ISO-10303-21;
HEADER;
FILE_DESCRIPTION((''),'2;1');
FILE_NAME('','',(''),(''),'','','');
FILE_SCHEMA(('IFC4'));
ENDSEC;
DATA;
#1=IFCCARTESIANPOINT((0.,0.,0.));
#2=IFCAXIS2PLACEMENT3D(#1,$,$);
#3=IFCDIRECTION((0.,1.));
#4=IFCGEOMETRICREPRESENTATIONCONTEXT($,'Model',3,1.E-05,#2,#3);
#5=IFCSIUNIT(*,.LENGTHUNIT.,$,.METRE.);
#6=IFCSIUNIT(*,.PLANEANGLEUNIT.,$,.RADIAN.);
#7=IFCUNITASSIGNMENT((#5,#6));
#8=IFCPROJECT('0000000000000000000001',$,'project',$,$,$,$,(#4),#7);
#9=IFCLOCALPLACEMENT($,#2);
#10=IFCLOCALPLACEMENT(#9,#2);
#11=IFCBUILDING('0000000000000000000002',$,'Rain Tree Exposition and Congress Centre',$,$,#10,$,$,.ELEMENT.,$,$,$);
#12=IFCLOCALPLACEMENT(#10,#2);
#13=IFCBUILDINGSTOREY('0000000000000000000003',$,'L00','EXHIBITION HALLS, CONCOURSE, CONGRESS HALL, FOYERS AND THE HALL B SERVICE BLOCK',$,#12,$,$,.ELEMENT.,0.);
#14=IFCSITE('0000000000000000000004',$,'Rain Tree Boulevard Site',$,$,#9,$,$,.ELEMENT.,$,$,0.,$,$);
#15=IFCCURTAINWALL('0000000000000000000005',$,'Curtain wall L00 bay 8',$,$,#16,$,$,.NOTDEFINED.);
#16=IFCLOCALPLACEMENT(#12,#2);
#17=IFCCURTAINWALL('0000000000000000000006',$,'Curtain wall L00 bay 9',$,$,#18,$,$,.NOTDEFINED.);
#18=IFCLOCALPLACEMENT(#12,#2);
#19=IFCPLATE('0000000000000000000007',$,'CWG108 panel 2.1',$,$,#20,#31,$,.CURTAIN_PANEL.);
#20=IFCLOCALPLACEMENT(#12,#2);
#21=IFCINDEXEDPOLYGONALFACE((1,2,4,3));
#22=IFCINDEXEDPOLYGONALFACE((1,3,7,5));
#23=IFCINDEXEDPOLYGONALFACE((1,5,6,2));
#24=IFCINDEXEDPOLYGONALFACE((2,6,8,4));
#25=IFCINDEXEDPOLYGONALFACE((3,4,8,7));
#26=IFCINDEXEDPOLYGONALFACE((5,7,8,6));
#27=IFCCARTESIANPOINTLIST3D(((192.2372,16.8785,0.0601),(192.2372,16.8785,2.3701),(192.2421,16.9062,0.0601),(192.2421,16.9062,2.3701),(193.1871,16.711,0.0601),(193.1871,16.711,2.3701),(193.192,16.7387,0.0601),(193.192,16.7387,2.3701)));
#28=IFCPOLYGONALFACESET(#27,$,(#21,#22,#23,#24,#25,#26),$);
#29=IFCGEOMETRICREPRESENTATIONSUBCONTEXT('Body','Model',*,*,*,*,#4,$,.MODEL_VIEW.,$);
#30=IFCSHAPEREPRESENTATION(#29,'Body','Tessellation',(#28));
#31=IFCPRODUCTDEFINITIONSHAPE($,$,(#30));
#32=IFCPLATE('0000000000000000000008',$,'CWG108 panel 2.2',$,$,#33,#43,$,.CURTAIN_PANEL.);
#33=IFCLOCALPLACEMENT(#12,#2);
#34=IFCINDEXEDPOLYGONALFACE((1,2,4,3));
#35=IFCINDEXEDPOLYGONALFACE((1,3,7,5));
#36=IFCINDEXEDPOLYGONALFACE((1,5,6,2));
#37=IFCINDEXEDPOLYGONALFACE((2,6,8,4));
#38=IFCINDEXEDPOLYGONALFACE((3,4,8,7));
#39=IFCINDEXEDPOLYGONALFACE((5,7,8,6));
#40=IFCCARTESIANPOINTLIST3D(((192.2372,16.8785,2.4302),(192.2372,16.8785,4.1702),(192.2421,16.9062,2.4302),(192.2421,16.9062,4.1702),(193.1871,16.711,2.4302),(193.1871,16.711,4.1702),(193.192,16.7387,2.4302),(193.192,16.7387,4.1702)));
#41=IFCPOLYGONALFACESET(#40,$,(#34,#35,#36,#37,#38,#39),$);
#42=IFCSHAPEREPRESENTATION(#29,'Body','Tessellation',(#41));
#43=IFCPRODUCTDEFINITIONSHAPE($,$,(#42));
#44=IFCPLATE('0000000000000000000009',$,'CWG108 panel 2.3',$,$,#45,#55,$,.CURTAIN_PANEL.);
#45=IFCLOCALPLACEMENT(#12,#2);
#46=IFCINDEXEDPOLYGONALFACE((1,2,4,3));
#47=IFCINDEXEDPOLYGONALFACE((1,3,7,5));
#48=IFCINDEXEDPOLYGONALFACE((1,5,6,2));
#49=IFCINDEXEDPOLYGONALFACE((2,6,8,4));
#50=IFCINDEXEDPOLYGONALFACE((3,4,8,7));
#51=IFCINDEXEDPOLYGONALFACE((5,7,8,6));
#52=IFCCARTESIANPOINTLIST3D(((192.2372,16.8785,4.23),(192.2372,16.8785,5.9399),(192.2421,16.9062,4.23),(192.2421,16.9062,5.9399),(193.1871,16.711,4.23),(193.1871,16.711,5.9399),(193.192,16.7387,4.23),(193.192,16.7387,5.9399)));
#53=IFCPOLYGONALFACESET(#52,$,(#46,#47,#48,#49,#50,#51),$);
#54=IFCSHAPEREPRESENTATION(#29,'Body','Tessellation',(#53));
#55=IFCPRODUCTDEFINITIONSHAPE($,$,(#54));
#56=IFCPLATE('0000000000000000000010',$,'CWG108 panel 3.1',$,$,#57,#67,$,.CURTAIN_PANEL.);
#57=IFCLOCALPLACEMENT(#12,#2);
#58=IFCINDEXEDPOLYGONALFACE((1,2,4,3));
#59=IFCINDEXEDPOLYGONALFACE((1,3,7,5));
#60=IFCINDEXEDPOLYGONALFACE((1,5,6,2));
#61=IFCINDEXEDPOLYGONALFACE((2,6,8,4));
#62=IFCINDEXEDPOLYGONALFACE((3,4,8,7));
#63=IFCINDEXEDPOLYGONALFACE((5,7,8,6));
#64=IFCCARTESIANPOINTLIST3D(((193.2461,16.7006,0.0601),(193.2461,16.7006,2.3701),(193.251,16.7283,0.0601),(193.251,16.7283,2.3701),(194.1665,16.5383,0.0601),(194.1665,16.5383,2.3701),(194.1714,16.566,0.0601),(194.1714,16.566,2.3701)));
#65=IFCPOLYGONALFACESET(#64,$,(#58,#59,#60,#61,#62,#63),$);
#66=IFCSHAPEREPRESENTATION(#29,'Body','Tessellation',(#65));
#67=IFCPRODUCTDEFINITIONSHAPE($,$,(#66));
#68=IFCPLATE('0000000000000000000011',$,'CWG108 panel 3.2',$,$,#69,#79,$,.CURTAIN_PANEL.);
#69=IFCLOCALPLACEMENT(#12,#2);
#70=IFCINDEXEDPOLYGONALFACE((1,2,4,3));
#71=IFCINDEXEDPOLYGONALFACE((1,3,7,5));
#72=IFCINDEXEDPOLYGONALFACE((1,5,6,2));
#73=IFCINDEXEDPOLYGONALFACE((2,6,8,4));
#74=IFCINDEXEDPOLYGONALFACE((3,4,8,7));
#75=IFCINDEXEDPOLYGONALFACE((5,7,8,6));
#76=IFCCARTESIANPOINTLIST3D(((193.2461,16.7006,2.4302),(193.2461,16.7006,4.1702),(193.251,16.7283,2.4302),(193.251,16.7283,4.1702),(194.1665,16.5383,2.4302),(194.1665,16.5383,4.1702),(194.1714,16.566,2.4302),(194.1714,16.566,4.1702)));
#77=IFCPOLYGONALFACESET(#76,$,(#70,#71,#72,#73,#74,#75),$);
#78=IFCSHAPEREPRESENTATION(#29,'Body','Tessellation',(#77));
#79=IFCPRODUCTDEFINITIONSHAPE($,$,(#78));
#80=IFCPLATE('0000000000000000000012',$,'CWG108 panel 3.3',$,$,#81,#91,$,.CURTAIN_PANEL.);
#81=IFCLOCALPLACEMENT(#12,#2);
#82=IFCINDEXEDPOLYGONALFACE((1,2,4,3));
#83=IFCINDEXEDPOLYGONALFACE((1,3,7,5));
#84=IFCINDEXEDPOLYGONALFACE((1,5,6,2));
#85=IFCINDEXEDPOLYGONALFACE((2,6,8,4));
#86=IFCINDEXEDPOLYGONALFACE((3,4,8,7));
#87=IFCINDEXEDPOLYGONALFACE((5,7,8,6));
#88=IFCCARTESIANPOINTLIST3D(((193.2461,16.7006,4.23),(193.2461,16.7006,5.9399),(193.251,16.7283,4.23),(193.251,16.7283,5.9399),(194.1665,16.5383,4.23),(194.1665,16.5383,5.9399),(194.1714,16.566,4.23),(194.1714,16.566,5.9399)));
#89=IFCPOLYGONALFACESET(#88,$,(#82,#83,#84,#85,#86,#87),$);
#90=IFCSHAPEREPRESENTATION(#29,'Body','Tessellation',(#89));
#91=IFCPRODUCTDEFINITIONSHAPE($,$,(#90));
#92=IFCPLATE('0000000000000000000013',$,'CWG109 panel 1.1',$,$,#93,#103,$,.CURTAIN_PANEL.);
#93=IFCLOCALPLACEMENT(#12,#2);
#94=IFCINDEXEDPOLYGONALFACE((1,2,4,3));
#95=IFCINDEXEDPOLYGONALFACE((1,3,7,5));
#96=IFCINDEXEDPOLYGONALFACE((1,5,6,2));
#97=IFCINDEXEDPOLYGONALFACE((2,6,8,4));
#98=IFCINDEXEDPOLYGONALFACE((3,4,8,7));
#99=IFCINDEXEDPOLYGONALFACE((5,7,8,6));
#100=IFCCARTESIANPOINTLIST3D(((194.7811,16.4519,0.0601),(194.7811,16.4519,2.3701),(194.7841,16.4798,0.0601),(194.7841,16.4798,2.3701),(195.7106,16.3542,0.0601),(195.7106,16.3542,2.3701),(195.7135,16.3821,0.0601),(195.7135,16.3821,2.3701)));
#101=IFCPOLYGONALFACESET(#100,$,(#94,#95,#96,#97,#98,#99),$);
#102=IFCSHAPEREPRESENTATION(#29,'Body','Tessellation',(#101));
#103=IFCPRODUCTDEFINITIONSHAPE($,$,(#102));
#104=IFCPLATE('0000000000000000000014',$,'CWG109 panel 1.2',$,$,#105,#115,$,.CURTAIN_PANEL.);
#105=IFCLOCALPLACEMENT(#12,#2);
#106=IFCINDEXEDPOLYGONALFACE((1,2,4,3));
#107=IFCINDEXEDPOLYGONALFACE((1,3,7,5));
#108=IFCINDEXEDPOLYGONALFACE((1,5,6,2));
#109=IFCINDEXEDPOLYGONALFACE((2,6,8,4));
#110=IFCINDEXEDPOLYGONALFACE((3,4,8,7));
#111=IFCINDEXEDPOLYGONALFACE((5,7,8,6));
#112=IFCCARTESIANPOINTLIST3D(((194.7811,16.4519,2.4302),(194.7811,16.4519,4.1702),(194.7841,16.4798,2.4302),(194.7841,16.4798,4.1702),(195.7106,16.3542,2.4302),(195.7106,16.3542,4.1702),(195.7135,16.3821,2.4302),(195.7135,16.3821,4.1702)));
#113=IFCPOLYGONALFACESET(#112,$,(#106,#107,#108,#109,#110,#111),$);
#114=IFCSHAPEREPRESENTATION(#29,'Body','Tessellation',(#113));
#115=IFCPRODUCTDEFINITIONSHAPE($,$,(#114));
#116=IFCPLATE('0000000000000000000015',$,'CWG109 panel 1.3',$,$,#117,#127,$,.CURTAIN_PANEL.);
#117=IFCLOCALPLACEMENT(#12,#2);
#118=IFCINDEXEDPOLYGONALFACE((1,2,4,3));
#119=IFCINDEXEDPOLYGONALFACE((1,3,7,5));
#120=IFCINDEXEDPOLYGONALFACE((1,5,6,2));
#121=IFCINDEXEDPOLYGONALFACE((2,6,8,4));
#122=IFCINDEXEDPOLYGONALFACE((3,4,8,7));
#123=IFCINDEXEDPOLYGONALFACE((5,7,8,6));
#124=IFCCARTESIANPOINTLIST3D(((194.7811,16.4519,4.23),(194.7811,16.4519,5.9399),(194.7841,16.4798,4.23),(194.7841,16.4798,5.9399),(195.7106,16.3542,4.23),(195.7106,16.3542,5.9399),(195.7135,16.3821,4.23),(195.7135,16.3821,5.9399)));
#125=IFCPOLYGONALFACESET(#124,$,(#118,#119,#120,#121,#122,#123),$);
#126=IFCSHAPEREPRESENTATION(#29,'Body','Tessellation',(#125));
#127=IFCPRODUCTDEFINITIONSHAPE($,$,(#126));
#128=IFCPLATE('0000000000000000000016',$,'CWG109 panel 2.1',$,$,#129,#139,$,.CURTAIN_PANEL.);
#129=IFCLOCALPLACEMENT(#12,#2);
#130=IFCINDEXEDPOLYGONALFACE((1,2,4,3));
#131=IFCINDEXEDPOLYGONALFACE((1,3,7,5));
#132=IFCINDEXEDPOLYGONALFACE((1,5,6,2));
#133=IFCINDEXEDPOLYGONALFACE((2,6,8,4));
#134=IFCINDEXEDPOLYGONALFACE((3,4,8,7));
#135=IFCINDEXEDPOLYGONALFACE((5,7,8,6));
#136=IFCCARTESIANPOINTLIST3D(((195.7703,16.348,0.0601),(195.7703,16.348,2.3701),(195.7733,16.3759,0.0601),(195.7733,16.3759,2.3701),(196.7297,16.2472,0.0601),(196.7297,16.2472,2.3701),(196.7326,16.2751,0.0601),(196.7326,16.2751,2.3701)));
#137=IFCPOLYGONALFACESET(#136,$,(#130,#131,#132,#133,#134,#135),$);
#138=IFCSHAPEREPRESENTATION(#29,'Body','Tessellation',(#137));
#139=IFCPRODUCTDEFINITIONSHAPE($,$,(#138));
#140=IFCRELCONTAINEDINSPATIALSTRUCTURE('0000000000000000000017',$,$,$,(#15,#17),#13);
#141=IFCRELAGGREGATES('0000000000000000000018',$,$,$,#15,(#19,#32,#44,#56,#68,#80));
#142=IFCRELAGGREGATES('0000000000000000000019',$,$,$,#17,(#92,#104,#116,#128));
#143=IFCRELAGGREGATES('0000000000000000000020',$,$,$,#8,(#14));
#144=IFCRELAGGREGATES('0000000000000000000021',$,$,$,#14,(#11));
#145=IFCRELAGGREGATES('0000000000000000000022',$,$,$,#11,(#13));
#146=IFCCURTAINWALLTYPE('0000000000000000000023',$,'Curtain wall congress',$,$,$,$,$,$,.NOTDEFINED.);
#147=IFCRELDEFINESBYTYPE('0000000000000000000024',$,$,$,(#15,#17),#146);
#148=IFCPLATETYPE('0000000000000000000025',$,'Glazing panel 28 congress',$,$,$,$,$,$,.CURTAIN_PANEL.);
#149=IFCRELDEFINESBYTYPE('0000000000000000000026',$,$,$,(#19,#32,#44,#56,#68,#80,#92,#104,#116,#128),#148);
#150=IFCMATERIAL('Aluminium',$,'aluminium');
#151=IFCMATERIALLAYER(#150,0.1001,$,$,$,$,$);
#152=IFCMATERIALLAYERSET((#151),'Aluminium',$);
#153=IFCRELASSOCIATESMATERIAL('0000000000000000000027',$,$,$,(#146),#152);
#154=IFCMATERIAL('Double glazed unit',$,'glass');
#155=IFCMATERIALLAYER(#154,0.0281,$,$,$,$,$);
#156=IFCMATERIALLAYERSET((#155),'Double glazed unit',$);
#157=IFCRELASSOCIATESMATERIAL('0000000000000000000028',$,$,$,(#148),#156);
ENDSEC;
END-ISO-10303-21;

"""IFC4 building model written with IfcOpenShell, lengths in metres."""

from ifc_helpers import new_model, si_unit, direction, frame, origin, origin_2d, place, context, subcontext, project, spatial, rectangle, extrude, material, layer, layer_set, type_object, element, aggregate, save


model = new_model("IFC4")

# Units and contexts
model_context = context("Model", 3, precision=1e-05, world=origin(), true_north=direction((0.0, 1.0)))
body_context = subcontext(model_context, "Body", "Model", "MODEL_VIEW")
ifc_project = project(units=[si_unit("LENGTHUNIT", "METRE"), si_unit("PLANEANGLEUNIT", "RADIAN")], contexts=[model_context])

# Site, building, storey
site_placement = place(None, origin())
site = spatial("IfcSite", under=ifc_project, at=site_placement, Name="Rain Tree Boulevard Site", CompositionType="ELEMENT", RefElevation=0.0)
building_placement = place(site_placement, origin())
building = spatial("IfcBuilding", under=site, at=building_placement, Name="Rain Tree Exposition and Congress Centre", CompositionType="ELEMENT")
storey_placement = place(building_placement, origin())
storey = spatial("IfcBuildingStorey", under=building, at=storey_placement, Name="L00", Description="EXHIBITION HALLS, CONCOURSE, CONGRESS HALL, FOYERS AND THE HALL B SERVICE BLOCK", CompositionType="ELEMENT", Elevation=0.0)

# Curtain walls
ifc_material_1 = material(Name="Aluminium", Category="aluminium")
ifc_layer_1 = layer(ifc_material_1, 0.1001)
ifc_layer_set_1 = layer_set([ifc_layer_1], Name="Aluminium")
curtain_wall_type = type_object("IfcCurtainWallType", Name="Curtain wall congress", PredefinedType="NOTDEFINED", material=ifc_layer_set_1)
curtain_wall_1_placement = place(storey_placement, origin())
curtain_wall_1 = element("IfcCurtainWall", 1, at=curtain_wall_1_placement, inside=storey, type_object=curtain_wall_type, Name="Curtain wall L00 bay 8", PredefinedType="NOTDEFINED")
curtain_wall_2_placement = place(storey_placement, origin())
curtain_wall_2 = element("IfcCurtainWall", 2, at=curtain_wall_2_placement, inside=storey, type_object=curtain_wall_type, Name="Curtain wall L00 bay 9", PredefinedType="NOTDEFINED")

# Plates
ifc_material_2 = material(Name="Double glazed unit", Category="glass")
ifc_layer_2 = layer(ifc_material_2, 0.0281)
ifc_layer_set_2 = layer_set([ifc_layer_2], Name="Double glazed unit")
plate_type = type_object("IfcPlateType", Name="Glazing panel 28 congress", PredefinedType="CURTAIN_PANEL", material=ifc_layer_set_2)
plate_1_placement = place(storey_placement, frame((192.7146, 16.8086, 0.0601), z_axis=(0.0, 0.0, 1.0), x_axis=(0.98481, -0.173635, 0.0)))
plate_1 = element("IfcPlate", 3, at=plate_1_placement, type_object=plate_type, Name="CWG108 panel 2.1", PredefinedType="CURTAIN_PANEL", context=body_context, shape_type="SweptSolid", body=[
    extrude(rectangle(XDim=0.9646, YDim=0.0281, at=origin_2d()), origin(), (0.0, 0.0, 1.0), 2.3101),
])
plate_2_placement = place(storey_placement, frame((192.7146, 16.8086, 2.4302), z_axis=(0.0, 0.0, 1.0), x_axis=(0.98481, -0.173635, 0.0)))
plate_2 = element("IfcPlate", 4, at=plate_2_placement, type_object=plate_type, Name="CWG108 panel 2.2", PredefinedType="CURTAIN_PANEL", context=body_context, shape_type="SweptSolid", body=[
    extrude(rectangle(XDim=0.9646, YDim=0.0281, at=origin_2d()), origin(), (0.0, 0.0, 1.0), 1.74),
])
plate_3_placement = place(storey_placement, frame((192.7146, 16.8086, 4.23), z_axis=(0.0, 0.0, 1.0), x_axis=(0.98481, -0.173635, 0.0)))
plate_3 = element("IfcPlate", 5, at=plate_3_placement, type_object=plate_type, Name="CWG108 panel 2.3", PredefinedType="CURTAIN_PANEL", context=body_context, shape_type="SweptSolid", body=[
    extrude(rectangle(XDim=0.9646, YDim=0.0281, at=origin_2d()), origin(), (0.0, 0.0, 1.0), 1.71),
])
plate_4_placement = place(storey_placement, frame((193.7087, 16.6333, 0.0601), z_axis=(0.0, 0.0, 1.0), x_axis=(0.98481, -0.173635, 0.0)))
plate_4 = element("IfcPlate", 6, at=plate_4_placement, type_object=plate_type, Name="CWG108 panel 3.1", PredefinedType="CURTAIN_PANEL", context=body_context, shape_type="SweptSolid", body=[
    extrude(rectangle(XDim=0.9346, YDim=0.0281, at=origin_2d()), origin(), (0.0, 0.0, 1.0), 2.3101),
])
plate_5_placement = place(storey_placement, frame((193.7087, 16.6333, 2.4302), z_axis=(0.0, 0.0, 1.0), x_axis=(0.98481, -0.173635, 0.0)))
plate_5 = element("IfcPlate", 7, at=plate_5_placement, type_object=plate_type, Name="CWG108 panel 3.2", PredefinedType="CURTAIN_PANEL", context=body_context, shape_type="SweptSolid", body=[
    extrude(rectangle(XDim=0.9346, YDim=0.0281, at=origin_2d()), origin(), (0.0, 0.0, 1.0), 1.74),
])
plate_6_placement = place(storey_placement, frame((193.7087, 16.6333, 4.23), z_axis=(0.0, 0.0, 1.0), x_axis=(0.98481, -0.173635, 0.0)))
plate_6 = element("IfcPlate", 8, at=plate_6_placement, type_object=plate_type, Name="CWG108 panel 3.3", PredefinedType="CURTAIN_PANEL", context=body_context, shape_type="SweptSolid", body=[
    extrude(rectangle(XDim=0.9346, YDim=0.0281, at=origin_2d()), origin(), (0.0, 0.0, 1.0), 1.71),
])
aggregate(curtain_wall_1, [plate_1, plate_2, plate_3, plate_4, plate_5, plate_6])
plate_7_placement = place(storey_placement, frame((195.2473, 16.417, 0.0601), z_axis=(0.0, 0.0, 1.0), x_axis=(0.994525, -0.104502, 0.0)))
plate_7 = element("IfcPlate", 9, at=plate_7_placement, type_object=plate_type, Name="CWG109 panel 1.1", PredefinedType="CURTAIN_PANEL", context=body_context, shape_type="SweptSolid", body=[
    extrude(rectangle(XDim=0.9346, YDim=0.0281, at=origin_2d()), origin(), (0.0, 0.0, 1.0), 2.3101),
])
plate_8_placement = place(storey_placement, frame((195.2473, 16.417, 2.4302), z_axis=(0.0, 0.0, 1.0), x_axis=(0.994525, -0.104502, 0.0)))
plate_8 = element("IfcPlate", 10, at=plate_8_placement, type_object=plate_type, Name="CWG109 panel 1.2", PredefinedType="CURTAIN_PANEL", context=body_context, shape_type="SweptSolid", body=[
    extrude(rectangle(XDim=0.9346, YDim=0.0281, at=origin_2d()), origin(), (0.0, 0.0, 1.0), 1.74),
])
plate_9_placement = place(storey_placement, frame((195.2473, 16.417, 4.23), z_axis=(0.0, 0.0, 1.0), x_axis=(0.994525, -0.104502, 0.0)))
plate_9 = element("IfcPlate", 11, at=plate_9_placement, type_object=plate_type, Name="CWG109 panel 1.3", PredefinedType="CURTAIN_PANEL", context=body_context, shape_type="SweptSolid", body=[
    extrude(rectangle(XDim=0.9346, YDim=0.0281, at=origin_2d()), origin(), (0.0, 0.0, 1.0), 1.71),
])
plate_10_placement = place(storey_placement, frame((196.2515, 16.3115, 0.0601), z_axis=(0.0, 0.0, 1.0), x_axis=(0.994525, -0.104502, 0.0)))
plate_10 = element("IfcPlate", 12, at=plate_10_placement, type_object=plate_type, Name="CWG109 panel 2.1", PredefinedType="CURTAIN_PANEL", context=body_context, shape_type="SweptSolid", body=[
    extrude(rectangle(XDim=0.9646, YDim=0.0281, at=origin_2d()), origin(), (0.0, 0.0, 1.0), 2.3101),
])
aggregate(curtain_wall_2, [plate_7, plate_8, plate_9, plate_10])

save(model, "model.ifc")
